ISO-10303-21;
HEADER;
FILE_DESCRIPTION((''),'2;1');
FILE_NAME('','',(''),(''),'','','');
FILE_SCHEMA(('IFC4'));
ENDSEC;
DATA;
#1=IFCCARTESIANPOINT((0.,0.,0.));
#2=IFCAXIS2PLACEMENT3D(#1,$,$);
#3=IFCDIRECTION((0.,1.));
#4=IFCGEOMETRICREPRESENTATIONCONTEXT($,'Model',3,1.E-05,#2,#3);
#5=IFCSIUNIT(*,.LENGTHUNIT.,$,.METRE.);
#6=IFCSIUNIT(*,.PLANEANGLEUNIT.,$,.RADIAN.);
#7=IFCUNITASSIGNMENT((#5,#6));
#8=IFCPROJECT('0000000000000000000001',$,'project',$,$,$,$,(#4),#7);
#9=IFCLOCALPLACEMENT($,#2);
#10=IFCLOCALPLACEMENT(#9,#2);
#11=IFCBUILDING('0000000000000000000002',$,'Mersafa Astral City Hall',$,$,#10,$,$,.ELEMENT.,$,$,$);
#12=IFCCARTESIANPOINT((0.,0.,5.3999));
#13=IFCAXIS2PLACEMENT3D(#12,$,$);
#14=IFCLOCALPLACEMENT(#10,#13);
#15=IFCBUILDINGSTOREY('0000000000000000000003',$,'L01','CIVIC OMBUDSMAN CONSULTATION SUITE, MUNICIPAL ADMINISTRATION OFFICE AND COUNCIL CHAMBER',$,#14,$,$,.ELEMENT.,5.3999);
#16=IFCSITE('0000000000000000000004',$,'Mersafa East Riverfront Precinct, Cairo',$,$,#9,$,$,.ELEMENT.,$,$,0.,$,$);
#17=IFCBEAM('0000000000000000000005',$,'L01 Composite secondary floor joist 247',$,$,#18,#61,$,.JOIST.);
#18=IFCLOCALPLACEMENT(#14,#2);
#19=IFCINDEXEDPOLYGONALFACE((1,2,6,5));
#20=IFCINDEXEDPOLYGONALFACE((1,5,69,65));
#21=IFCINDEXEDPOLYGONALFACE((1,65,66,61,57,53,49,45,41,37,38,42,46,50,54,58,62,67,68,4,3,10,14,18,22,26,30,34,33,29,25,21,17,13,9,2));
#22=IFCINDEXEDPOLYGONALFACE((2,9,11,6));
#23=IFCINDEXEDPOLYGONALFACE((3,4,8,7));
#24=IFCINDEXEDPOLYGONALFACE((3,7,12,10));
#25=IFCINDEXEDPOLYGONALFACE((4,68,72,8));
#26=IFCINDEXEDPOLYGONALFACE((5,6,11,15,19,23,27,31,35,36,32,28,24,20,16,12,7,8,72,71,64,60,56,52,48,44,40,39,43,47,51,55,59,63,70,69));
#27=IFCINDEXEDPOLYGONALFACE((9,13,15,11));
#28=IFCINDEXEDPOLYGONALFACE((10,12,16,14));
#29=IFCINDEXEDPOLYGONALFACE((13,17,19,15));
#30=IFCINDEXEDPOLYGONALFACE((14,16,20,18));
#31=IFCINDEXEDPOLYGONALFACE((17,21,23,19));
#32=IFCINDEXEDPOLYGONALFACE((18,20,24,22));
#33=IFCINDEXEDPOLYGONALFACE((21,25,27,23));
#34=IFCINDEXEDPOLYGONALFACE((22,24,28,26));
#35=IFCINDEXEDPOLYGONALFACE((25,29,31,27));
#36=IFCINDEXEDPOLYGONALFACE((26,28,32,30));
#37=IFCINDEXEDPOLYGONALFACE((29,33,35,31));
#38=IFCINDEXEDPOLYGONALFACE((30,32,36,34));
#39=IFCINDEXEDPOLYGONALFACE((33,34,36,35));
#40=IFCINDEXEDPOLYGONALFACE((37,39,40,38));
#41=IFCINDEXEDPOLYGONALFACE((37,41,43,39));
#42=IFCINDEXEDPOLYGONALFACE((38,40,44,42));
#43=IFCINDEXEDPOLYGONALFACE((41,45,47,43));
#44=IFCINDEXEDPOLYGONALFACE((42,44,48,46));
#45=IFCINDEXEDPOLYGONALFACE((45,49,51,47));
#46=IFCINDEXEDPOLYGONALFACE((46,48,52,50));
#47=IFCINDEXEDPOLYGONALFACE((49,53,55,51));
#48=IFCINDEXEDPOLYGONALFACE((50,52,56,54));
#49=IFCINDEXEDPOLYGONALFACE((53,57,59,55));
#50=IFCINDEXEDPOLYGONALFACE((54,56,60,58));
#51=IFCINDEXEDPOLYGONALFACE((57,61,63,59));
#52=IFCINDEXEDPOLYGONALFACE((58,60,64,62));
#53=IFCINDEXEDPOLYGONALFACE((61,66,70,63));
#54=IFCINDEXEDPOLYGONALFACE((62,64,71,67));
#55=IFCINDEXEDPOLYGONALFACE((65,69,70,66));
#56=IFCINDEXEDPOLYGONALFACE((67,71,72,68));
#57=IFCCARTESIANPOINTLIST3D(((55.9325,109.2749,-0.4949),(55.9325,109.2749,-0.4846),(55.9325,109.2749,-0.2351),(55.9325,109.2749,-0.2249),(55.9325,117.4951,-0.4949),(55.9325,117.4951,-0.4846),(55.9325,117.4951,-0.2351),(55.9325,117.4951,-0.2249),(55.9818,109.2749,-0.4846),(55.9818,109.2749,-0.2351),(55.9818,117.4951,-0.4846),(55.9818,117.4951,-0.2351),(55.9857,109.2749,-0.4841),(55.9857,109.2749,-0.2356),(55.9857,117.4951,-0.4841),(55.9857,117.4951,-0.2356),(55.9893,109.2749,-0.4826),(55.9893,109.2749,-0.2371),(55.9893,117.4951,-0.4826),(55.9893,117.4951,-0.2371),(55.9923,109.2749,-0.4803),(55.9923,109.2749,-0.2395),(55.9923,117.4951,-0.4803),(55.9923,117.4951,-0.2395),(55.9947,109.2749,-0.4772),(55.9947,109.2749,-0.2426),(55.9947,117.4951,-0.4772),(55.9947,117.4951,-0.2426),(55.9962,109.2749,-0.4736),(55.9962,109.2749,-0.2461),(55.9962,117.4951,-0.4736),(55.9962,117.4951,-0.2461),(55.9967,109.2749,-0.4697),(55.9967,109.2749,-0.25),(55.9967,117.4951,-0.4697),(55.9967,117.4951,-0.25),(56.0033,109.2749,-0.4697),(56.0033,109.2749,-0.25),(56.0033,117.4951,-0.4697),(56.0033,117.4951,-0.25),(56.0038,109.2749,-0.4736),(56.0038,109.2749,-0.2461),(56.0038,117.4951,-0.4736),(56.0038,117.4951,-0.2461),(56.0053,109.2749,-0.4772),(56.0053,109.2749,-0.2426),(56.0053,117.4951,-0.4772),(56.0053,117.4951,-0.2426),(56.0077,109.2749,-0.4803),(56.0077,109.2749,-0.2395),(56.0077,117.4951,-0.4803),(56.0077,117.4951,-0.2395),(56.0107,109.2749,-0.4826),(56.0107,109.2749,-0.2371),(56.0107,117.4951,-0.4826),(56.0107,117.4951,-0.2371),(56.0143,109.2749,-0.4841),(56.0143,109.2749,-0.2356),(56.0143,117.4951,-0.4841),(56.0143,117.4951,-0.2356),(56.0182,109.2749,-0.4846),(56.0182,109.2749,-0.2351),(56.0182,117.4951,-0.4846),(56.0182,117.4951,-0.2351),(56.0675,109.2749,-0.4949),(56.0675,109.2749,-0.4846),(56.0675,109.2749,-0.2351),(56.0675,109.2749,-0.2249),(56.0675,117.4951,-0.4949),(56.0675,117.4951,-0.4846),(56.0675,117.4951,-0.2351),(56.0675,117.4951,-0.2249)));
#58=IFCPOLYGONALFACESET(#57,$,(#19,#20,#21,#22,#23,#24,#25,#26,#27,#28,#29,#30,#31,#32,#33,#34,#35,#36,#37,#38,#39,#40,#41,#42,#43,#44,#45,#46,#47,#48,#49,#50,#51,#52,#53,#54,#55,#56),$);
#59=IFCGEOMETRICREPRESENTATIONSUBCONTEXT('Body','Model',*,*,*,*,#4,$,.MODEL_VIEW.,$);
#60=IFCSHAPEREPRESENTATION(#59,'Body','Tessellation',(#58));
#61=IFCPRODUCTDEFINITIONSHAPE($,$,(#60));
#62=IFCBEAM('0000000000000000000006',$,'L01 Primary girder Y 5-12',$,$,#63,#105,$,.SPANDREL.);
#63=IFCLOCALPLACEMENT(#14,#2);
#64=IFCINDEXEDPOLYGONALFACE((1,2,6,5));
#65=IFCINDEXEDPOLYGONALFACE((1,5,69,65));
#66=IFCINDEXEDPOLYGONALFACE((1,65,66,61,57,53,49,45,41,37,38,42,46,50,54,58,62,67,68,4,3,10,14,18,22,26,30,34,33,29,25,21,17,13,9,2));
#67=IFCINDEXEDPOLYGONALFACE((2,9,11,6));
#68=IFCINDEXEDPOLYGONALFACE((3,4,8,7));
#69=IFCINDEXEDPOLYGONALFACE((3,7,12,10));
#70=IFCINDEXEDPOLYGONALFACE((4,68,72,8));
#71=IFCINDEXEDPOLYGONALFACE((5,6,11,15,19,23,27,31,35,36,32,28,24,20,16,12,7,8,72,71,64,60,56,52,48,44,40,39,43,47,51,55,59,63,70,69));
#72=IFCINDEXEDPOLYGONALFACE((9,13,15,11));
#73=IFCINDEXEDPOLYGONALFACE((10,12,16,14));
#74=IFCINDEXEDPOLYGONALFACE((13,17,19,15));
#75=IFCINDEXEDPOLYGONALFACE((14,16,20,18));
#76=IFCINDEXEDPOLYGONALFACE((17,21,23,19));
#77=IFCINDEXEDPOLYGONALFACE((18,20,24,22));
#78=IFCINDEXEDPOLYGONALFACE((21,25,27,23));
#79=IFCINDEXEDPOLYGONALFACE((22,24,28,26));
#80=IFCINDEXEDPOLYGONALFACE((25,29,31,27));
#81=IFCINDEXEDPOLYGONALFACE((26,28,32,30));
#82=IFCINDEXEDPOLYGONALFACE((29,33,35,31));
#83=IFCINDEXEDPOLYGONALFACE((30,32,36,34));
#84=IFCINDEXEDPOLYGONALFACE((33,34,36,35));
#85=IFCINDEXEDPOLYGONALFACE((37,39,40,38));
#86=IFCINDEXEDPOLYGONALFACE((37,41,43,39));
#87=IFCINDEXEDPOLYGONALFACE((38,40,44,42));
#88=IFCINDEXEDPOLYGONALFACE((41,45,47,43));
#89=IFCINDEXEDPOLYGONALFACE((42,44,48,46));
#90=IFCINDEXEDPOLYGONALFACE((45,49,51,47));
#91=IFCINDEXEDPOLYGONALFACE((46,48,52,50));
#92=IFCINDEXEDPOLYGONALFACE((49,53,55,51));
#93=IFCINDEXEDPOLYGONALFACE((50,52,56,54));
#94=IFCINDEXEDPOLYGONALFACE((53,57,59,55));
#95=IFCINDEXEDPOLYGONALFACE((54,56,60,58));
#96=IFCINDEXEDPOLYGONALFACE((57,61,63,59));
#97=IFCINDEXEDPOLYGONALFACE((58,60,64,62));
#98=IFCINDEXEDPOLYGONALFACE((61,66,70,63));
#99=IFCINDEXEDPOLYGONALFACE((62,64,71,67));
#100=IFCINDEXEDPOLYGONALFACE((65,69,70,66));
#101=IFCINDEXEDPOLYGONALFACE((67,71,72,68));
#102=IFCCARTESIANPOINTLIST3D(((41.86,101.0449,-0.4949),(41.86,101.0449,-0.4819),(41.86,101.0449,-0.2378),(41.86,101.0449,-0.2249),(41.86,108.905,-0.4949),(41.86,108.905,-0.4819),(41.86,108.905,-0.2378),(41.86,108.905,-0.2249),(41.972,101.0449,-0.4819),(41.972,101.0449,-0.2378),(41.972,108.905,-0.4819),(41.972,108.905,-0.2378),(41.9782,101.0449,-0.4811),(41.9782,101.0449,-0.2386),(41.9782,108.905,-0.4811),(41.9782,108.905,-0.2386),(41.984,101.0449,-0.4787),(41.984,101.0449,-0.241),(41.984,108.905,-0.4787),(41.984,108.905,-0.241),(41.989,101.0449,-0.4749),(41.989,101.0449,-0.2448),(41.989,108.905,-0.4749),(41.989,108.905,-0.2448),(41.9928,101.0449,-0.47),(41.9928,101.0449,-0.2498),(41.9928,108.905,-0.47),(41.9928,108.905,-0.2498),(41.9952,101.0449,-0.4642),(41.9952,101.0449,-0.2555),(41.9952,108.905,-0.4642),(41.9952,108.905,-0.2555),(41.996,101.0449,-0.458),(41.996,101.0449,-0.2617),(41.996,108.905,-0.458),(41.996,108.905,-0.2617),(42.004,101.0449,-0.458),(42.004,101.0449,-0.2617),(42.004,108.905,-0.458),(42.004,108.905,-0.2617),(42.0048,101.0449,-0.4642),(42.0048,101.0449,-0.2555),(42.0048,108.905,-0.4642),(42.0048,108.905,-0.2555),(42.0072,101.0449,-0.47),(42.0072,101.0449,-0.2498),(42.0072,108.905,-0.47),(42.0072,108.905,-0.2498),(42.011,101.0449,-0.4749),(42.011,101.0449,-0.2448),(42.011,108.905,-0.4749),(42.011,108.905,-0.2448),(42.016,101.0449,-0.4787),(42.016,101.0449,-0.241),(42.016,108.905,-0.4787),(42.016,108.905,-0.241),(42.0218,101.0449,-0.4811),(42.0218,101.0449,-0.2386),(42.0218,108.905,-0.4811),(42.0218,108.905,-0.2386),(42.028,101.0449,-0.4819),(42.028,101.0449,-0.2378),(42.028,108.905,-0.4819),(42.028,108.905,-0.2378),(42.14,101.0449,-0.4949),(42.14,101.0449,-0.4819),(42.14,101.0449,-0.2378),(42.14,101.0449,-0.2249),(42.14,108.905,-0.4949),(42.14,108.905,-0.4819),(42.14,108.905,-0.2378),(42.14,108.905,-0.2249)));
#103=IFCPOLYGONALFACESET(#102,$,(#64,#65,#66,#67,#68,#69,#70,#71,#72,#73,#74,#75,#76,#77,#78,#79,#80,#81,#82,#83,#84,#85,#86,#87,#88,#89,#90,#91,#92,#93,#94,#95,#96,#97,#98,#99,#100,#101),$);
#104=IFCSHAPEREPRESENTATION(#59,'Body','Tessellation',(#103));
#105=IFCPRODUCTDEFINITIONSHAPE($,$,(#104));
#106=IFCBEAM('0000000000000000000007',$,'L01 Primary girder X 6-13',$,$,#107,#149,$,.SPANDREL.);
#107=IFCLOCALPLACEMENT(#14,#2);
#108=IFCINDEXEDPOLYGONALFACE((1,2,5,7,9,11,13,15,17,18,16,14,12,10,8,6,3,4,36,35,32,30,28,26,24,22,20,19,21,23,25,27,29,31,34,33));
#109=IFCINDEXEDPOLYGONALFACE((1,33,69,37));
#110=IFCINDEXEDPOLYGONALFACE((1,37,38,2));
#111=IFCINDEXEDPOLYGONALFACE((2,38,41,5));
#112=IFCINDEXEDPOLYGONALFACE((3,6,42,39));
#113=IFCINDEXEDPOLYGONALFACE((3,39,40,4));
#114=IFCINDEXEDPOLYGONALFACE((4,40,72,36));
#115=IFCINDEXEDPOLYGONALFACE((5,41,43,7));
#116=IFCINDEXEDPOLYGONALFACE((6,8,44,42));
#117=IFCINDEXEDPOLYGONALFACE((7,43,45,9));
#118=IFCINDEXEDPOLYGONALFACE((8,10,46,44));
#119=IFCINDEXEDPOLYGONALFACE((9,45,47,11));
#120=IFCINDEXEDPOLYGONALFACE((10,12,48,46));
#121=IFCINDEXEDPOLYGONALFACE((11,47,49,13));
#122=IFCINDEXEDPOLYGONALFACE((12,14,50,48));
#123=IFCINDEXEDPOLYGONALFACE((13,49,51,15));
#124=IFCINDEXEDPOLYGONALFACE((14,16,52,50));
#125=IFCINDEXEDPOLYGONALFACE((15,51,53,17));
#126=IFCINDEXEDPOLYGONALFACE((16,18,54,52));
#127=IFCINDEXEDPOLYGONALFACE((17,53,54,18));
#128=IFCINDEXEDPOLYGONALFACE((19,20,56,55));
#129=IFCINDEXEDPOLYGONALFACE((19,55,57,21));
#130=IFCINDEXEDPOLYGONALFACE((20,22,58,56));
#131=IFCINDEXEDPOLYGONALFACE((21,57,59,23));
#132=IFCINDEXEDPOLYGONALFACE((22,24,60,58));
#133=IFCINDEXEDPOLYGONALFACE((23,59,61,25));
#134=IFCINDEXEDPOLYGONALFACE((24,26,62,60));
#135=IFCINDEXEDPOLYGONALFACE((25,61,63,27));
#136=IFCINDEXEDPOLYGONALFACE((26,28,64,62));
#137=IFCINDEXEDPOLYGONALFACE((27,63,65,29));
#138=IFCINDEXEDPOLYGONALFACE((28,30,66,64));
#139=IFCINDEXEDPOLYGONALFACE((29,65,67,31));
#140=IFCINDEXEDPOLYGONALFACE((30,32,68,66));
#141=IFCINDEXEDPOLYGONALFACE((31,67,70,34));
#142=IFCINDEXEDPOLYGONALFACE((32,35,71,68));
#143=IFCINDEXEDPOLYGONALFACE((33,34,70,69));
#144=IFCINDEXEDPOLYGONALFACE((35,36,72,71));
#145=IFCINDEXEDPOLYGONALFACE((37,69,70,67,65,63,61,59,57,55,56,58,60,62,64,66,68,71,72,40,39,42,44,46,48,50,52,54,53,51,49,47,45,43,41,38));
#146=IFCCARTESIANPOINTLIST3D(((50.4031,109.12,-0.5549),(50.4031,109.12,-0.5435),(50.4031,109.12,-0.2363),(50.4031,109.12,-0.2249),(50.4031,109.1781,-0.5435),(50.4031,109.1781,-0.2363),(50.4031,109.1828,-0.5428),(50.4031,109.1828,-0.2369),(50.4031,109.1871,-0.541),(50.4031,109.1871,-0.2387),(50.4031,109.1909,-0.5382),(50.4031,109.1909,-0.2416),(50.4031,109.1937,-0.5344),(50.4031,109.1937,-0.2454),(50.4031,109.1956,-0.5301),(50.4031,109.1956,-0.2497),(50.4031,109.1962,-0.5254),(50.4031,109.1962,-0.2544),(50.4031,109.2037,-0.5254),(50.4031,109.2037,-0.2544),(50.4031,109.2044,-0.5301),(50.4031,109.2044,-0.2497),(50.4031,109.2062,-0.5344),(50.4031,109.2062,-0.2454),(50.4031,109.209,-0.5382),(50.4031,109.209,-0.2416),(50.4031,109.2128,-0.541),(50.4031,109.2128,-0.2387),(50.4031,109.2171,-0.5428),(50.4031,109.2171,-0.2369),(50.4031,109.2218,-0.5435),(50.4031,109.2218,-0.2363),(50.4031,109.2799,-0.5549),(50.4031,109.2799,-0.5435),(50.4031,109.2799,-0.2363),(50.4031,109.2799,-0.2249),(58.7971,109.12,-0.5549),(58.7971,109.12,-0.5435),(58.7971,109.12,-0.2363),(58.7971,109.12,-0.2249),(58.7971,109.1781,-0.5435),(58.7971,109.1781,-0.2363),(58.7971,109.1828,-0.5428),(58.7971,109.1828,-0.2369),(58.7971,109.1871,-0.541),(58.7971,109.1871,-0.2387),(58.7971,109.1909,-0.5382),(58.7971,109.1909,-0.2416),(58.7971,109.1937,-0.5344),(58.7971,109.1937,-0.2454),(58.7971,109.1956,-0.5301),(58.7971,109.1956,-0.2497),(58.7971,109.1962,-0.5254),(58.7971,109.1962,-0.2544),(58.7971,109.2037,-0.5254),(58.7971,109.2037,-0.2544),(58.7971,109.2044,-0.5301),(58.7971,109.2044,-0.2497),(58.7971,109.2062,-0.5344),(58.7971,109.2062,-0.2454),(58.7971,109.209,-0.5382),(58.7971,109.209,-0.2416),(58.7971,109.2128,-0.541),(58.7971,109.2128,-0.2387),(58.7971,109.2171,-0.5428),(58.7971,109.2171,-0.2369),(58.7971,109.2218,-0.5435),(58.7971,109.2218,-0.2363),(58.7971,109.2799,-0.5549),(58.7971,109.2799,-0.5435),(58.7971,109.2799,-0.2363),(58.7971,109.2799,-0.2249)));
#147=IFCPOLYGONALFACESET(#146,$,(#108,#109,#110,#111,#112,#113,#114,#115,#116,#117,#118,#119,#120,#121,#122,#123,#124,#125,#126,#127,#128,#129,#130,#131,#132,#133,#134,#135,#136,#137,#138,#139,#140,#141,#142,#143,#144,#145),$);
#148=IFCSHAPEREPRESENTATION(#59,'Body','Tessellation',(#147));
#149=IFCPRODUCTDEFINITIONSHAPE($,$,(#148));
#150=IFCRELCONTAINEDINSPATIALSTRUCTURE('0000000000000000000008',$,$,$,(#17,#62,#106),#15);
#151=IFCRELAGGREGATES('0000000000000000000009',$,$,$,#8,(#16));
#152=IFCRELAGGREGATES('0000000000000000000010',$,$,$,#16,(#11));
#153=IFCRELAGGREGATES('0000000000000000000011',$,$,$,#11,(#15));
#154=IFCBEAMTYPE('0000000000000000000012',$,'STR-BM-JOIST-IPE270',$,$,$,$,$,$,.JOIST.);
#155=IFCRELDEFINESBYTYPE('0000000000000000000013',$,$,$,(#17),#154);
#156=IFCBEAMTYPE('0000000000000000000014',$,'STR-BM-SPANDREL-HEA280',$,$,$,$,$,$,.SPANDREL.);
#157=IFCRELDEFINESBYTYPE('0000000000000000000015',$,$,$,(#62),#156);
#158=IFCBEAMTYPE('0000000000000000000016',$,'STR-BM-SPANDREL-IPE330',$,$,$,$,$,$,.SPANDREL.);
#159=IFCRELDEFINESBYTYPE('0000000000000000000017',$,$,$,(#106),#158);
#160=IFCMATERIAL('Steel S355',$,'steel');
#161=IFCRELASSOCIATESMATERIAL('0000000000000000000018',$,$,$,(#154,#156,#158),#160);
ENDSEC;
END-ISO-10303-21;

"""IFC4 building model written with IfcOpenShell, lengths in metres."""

from ifc_helpers import new_model, si_unit, direction, frame, origin, origin_2d, place, context, subcontext, project, spatial, i_section, extrude, material, material_profile, profile_set, type_object, element, save


model = new_model("IFC4")

# Units and contexts
model_context = context("Model", 3, precision=1e-05, world=origin(), true_north=direction((0.0, 1.0)))
body_context = subcontext(model_context, "Body", "Model", "MODEL_VIEW")
ifc_project = project(units=[si_unit("LENGTHUNIT", "METRE"), si_unit("PLANEANGLEUNIT", "RADIAN")], contexts=[model_context])

# Site, building, storey
site_placement = place(None, origin())
site = spatial("IfcSite", under=ifc_project, at=site_placement, Name="Mersafa East Riverfront Precinct, Cairo", CompositionType="ELEMENT", RefElevation=0.0)
building_placement = place(site_placement, origin())
building = spatial("IfcBuilding", under=site, at=building_placement, Name="Mersafa Astral City Hall", CompositionType="ELEMENT")
storey_placement = place(building_placement, frame((0.0, 0.0, 5.3999)))
storey = spatial("IfcBuildingStorey", under=building, at=storey_placement, Name="L01", Description="CIVIC OMBUDSMAN CONSULTATION SUITE, MUNICIPAL ADMINISTRATION OFFICE AND COUNCIL CHAMBER", CompositionType="ELEMENT", Elevation=5.3999)

# Shared definitions
ifc_material_1 = material(Name="Steel S355", Category="steel")

# Beams
ifc_material_profile_1 = material_profile(ifc_material_1, i_section(OverallWidth=0.135, OverallDepth=0.27, WebThickness=0.0066, FlangeThickness=0.0103, FilletRadius=0.0149, at=origin_2d()), Name="IPE 270")
ifc_profile_set_1 = profile_set([ifc_material_profile_1], Name="Steel S355")
beam_type_1 = type_object("IfcBeamType", Name="STR-BM-JOIST-IPE270", PredefinedType="JOIST", material=ifc_profile_set_1)
for number, where, z_axis, x_axis, name in (
    (1, (56.0, 109.2749, -0.3599), (0.0, 1.0, 0.0), (-1.0, 0.0, 0.0), "L01 Composite secondary floor joist 247"),
):
    element("IfcBeam", number, at=place(storey_placement, frame(where, z_axis=z_axis, x_axis=x_axis)), inside=storey, type_object=beam_type_1, Name=name, PredefinedType="JOIST", context=body_context, shape_type="SweptSolid", body=[
        extrude(i_section(OverallWidth=0.135, OverallDepth=0.27, WebThickness=0.0066, FlangeThickness=0.0103, FilletRadius=0.0149, at=origin_2d()), origin(), (0.0, 0.0, 1.0), 8.2202),
    ])
ifc_material_profile_2 = material_profile(ifc_material_1, i_section(OverallWidth=0.28, OverallDepth=0.27, WebThickness=0.0081, FlangeThickness=0.0129, FilletRadius=0.0239, at=origin_2d()), Name="HEA 280")
ifc_profile_set_2 = profile_set([ifc_material_profile_2], Name="Steel S355")
beam_type_2 = type_object("IfcBeamType", Name="STR-BM-SPANDREL-HEA280", PredefinedType="SPANDREL", material=ifc_profile_set_2)
beam_1_placement = place(storey_placement, frame((42.0, 101.0449, -0.3599), z_axis=(0.0, 1.0, 0.0), x_axis=(-1.0, 0.0, 0.0)))
element("IfcBeam", 2, at=beam_1_placement, inside=storey, type_object=beam_type_2, Name="L01 Primary girder Y 5-12", PredefinedType="SPANDREL", context=body_context, shape_type="SweptSolid", body=[
    extrude(i_section(OverallWidth=0.28, OverallDepth=0.27, WebThickness=0.0081, FlangeThickness=0.0129, FilletRadius=0.0239, at=origin_2d()), origin(), (0.0, 0.0, 1.0), 7.8601),
])
ifc_material_profile_3 = material_profile(ifc_material_1, i_section(OverallWidth=0.1599, OverallDepth=0.3301, WebThickness=0.0076, FlangeThickness=0.0115, FilletRadius=0.0181, at=origin_2d()), Name="IPE 330")
ifc_profile_set_3 = profile_set([ifc_material_profile_3], Name="Steel S355")
beam_type_3 = type_object("IfcBeamType", Name="STR-BM-SPANDREL-IPE330", PredefinedType="SPANDREL", material=ifc_profile_set_3)
beam_2_placement = place(storey_placement, frame((50.4031, 109.2, -0.3899), z_axis=(1.0, 0.0, 0.0), x_axis=(0.0, 1.0, 0.0)))
element("IfcBeam", 3, at=beam_2_placement, inside=storey, type_object=beam_type_3, Name="L01 Primary girder X 6-13", PredefinedType="SPANDREL", context=body_context, shape_type="SweptSolid", body=[
    extrude(i_section(OverallWidth=0.1599, OverallDepth=0.3301, WebThickness=0.0076, FlangeThickness=0.0115, FilletRadius=0.0181, at=origin_2d()), origin(), (0.0, 0.0, 1.0), 8.394),
])

save(model, "model.ifc")
